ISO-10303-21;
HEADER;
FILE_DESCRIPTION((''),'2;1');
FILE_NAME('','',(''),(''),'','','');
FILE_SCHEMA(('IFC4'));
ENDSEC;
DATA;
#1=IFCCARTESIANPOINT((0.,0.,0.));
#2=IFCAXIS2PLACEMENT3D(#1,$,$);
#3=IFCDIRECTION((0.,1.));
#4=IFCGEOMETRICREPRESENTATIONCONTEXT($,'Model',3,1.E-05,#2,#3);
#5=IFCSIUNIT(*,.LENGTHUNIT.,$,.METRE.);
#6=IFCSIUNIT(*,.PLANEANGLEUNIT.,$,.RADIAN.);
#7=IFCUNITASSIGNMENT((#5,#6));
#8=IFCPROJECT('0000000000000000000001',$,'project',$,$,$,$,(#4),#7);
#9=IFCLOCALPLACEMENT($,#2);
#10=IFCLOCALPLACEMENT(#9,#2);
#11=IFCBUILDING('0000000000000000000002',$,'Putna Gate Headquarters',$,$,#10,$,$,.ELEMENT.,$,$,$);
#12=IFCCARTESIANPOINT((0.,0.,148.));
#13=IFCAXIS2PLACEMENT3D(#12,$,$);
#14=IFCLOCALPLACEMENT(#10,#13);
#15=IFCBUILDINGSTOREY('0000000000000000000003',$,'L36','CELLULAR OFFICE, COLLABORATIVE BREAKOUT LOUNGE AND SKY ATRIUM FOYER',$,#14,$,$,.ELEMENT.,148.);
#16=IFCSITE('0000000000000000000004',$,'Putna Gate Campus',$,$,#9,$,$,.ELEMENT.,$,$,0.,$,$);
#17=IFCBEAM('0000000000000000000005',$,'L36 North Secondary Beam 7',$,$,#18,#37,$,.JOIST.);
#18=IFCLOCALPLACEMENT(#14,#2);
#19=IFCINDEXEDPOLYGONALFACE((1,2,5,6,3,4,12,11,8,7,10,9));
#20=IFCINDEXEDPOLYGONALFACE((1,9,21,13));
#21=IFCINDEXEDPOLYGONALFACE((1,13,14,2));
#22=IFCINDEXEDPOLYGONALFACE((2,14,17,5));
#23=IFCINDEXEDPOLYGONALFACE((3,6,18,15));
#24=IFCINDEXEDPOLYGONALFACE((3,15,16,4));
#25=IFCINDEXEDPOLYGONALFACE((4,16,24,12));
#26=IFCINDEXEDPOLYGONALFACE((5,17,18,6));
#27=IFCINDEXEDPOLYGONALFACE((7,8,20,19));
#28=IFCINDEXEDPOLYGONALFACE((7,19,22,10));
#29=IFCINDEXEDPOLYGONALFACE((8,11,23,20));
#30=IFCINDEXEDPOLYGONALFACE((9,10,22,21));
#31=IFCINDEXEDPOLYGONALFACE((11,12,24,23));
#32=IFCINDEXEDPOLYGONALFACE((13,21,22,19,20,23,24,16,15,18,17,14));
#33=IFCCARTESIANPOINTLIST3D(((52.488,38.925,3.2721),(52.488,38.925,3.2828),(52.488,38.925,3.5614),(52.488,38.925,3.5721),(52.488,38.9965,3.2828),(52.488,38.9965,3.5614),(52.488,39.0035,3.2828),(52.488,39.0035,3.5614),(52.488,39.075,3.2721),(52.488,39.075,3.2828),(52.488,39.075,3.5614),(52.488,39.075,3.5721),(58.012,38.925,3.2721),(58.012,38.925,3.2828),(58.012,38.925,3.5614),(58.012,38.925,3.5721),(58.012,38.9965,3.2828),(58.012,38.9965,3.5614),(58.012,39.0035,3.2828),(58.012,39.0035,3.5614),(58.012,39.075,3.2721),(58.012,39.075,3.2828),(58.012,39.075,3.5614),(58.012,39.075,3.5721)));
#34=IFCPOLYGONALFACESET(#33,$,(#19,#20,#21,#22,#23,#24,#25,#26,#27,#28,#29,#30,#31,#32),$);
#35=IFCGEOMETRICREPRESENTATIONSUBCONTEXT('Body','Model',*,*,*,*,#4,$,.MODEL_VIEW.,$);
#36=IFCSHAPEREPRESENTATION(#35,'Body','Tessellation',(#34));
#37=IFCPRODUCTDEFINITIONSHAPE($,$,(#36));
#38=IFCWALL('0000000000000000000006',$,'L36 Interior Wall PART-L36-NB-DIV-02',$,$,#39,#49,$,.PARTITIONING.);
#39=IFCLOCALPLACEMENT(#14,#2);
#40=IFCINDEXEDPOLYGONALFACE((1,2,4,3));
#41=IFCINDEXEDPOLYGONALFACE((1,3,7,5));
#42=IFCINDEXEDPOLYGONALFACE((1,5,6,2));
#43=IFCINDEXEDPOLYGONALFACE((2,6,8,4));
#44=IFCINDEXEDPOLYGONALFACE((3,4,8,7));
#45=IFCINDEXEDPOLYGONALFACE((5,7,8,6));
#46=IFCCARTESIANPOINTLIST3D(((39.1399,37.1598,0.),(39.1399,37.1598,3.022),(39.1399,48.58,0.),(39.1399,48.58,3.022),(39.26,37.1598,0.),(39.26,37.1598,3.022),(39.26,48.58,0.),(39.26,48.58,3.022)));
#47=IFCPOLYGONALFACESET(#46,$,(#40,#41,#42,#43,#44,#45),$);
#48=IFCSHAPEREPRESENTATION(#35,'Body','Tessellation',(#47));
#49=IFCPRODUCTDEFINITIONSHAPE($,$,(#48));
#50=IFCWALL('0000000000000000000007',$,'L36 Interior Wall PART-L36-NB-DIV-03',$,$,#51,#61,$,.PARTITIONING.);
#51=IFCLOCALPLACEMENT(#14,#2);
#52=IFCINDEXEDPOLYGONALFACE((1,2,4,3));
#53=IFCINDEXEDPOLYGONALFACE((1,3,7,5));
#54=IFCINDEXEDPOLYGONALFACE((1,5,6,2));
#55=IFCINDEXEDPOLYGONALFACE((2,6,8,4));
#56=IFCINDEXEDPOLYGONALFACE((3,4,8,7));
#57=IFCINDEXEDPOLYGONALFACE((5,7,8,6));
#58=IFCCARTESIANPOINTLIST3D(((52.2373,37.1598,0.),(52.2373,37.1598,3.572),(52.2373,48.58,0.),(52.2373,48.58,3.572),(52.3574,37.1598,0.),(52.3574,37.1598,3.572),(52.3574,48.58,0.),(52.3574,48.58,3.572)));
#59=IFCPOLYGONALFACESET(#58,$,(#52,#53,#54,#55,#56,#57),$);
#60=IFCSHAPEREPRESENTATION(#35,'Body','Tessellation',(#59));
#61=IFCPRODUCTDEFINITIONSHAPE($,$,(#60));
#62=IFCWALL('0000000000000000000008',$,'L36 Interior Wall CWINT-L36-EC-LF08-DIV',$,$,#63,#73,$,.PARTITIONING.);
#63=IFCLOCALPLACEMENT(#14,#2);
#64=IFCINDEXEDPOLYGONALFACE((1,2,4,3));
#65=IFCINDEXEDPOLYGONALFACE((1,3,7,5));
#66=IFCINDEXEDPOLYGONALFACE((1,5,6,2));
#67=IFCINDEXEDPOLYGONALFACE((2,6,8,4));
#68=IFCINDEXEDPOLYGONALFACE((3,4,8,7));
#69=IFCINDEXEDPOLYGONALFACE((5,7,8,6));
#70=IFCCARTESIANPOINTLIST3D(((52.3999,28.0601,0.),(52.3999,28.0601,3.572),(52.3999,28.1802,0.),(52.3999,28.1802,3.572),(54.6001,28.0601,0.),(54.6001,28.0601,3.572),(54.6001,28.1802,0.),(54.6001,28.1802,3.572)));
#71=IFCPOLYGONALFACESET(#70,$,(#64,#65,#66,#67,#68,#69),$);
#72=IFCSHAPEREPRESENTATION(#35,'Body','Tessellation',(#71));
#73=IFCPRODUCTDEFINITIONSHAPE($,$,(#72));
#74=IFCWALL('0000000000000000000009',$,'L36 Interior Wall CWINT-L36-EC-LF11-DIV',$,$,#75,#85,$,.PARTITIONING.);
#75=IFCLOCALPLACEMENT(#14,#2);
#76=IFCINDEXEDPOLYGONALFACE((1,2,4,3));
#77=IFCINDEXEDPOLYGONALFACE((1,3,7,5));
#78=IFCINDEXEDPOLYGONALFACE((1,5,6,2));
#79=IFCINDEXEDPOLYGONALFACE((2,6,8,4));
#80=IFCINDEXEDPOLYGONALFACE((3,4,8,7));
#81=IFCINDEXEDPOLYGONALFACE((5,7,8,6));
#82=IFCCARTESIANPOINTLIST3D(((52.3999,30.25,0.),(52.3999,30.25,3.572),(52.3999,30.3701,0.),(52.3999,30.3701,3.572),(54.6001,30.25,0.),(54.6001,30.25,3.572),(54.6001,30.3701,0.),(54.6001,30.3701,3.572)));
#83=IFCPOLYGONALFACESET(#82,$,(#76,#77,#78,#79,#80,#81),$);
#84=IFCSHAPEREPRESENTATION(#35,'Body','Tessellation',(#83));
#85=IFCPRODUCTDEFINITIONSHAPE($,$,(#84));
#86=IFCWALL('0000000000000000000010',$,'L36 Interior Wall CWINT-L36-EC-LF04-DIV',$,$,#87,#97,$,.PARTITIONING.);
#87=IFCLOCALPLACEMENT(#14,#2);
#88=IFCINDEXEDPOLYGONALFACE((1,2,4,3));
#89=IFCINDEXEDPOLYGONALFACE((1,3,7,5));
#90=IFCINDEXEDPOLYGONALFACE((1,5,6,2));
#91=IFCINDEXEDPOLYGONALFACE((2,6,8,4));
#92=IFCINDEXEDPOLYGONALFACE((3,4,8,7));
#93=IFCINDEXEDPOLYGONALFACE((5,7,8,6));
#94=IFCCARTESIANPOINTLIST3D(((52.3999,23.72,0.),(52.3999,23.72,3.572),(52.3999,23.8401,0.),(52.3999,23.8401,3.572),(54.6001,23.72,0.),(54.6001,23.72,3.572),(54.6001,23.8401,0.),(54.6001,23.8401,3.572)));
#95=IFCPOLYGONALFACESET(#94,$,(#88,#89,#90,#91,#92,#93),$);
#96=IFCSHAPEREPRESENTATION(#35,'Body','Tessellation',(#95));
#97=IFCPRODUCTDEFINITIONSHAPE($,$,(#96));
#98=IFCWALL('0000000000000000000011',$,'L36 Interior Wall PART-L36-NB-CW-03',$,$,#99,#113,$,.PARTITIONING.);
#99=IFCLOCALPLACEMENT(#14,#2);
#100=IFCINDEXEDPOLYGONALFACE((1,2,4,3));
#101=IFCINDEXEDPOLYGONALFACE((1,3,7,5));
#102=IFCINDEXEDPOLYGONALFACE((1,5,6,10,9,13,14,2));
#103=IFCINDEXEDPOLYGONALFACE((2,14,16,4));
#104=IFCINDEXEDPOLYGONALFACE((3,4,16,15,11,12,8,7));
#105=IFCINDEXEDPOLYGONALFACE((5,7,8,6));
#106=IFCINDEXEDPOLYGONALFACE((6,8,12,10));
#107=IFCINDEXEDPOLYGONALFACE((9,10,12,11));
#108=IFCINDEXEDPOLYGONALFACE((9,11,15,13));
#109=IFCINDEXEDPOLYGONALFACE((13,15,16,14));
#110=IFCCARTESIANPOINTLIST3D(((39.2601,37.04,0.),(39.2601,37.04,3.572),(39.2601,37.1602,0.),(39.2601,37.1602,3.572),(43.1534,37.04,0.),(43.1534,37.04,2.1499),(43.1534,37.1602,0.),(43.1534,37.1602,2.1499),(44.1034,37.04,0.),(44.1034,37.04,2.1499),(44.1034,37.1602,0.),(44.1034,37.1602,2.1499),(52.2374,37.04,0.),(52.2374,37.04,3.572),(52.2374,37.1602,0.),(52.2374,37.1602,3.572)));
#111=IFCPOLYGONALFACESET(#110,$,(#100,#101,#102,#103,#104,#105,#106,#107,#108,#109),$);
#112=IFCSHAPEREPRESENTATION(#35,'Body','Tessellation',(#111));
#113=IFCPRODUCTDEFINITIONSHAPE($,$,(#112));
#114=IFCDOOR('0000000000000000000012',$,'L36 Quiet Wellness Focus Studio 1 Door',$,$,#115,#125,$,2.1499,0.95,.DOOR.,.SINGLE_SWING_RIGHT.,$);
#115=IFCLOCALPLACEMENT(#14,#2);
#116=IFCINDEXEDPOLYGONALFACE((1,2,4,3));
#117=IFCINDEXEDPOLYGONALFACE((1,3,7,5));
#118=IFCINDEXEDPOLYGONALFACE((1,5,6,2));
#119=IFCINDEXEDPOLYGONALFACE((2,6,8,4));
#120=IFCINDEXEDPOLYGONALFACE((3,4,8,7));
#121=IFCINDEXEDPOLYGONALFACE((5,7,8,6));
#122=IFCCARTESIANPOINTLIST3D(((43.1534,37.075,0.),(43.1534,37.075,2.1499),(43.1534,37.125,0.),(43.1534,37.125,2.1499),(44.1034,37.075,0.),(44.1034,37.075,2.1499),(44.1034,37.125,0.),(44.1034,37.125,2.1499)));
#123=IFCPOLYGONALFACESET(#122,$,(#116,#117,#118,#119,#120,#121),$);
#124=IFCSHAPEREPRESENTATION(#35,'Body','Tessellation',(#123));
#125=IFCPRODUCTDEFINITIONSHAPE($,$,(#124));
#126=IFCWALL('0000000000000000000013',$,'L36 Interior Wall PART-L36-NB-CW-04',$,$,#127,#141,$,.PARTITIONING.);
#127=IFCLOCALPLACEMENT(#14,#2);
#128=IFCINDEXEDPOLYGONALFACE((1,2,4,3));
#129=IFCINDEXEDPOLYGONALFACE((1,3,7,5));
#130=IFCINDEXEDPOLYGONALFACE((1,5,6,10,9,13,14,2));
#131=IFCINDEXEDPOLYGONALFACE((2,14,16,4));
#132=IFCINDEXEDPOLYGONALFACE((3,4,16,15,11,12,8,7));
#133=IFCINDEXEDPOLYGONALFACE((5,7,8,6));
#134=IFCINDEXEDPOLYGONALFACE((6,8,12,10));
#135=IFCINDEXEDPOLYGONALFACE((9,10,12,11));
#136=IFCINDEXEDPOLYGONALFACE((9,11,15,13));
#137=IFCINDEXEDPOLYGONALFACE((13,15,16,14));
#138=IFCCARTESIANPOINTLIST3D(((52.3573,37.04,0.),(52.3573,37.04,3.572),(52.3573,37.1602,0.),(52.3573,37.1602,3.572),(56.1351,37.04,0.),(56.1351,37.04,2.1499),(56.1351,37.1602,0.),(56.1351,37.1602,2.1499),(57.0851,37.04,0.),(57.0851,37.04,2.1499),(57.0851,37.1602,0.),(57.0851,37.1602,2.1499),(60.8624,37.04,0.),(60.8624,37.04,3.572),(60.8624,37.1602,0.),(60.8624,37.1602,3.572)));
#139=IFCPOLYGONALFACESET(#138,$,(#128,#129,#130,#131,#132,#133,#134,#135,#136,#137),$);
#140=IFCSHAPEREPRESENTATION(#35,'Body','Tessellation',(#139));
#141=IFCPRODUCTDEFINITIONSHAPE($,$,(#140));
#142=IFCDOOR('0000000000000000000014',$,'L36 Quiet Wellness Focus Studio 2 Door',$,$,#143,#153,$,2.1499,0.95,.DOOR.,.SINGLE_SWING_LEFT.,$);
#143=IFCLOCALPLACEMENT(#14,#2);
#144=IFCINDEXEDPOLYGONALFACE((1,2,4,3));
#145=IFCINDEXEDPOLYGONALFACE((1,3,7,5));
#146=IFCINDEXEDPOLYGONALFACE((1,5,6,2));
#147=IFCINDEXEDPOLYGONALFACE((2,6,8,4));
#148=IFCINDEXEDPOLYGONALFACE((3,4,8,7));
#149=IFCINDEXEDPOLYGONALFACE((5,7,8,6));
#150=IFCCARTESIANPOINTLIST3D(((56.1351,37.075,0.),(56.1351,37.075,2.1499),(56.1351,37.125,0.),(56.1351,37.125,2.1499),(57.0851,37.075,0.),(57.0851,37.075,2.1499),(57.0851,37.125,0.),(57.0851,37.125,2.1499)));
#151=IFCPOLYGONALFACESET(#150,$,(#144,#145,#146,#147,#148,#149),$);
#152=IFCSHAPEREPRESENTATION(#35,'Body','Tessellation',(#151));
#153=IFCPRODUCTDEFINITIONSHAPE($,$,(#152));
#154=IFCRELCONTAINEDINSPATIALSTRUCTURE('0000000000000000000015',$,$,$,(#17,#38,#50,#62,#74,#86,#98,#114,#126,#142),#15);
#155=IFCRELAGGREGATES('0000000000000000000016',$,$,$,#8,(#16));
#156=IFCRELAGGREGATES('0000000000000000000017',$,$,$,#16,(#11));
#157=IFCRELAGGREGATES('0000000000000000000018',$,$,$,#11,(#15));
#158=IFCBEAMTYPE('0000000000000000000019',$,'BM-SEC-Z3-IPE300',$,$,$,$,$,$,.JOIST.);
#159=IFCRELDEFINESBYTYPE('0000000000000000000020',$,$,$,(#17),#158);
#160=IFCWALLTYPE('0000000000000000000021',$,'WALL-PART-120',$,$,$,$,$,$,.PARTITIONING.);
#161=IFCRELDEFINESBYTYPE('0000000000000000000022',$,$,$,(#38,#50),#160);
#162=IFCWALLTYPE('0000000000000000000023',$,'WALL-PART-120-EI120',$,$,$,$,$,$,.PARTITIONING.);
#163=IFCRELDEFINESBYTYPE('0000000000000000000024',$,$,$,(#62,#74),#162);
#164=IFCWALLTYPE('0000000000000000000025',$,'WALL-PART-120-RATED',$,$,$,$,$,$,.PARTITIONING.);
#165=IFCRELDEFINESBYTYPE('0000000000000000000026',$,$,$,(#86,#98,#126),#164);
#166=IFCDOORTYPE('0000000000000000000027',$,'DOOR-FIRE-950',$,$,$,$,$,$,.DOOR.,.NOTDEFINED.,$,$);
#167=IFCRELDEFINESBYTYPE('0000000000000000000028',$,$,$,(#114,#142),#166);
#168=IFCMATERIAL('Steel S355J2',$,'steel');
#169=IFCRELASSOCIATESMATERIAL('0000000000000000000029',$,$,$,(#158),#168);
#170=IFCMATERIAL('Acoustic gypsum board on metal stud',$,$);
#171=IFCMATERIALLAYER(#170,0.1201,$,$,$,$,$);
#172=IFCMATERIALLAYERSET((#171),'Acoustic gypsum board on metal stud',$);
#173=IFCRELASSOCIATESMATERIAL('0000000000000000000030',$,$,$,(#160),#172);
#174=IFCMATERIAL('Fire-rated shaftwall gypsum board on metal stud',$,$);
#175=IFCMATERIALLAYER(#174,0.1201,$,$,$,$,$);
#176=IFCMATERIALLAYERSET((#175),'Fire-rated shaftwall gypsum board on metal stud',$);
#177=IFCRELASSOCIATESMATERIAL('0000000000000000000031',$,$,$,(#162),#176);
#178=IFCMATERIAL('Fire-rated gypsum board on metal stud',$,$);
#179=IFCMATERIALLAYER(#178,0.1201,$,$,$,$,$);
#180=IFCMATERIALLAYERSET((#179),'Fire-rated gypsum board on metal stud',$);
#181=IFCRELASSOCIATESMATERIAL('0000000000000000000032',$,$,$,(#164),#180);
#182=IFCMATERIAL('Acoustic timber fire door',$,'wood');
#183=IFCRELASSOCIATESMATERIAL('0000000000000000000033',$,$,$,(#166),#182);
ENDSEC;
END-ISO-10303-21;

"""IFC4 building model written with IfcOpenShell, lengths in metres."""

from ifc_helpers import new_model, si_unit, direction, frame, frame_2d, origin, origin_2d, place, context, subcontext, project, spatial, rectangle, i_section, extrude, material, layer, layer_set, material_profile, profile_set, type_object, element, fill, save


model = new_model("IFC4")

# Units and contexts
model_context = context("Model", 3, precision=1e-05, world=origin(), true_north=direction((0.0, 1.0)))
body_context = subcontext(model_context, "Body", "Model", "MODEL_VIEW")
ifc_project = project(units=[si_unit("LENGTHUNIT", "METRE"), si_unit("PLANEANGLEUNIT", "RADIAN")], contexts=[model_context])

# Site, building, storey
site_placement = place(None, origin())
site = spatial("IfcSite", under=ifc_project, at=site_placement, Name="Putna Gate Campus", CompositionType="ELEMENT", RefElevation=0.0)
building_placement = place(site_placement, origin())
building = spatial("IfcBuilding", under=site, at=building_placement, Name="Putna Gate Headquarters", CompositionType="ELEMENT")
storey_placement = place(building_placement, frame((0.0, 0.0, 148.0)))
storey = spatial("IfcBuildingStorey", under=building, at=storey_placement, Name="L36", Description="CELLULAR OFFICE, COLLABORATIVE BREAKOUT LOUNGE AND SKY ATRIUM FOYER", CompositionType="ELEMENT", Elevation=148.0)

# Beam
ifc_material_1 = material(Name="Steel S355J2", Category="steel")
ifc_material_profile_1 = material_profile(ifc_material_1, i_section(OverallWidth=0.1499, OverallDepth=0.3, WebThickness=0.0071, FlangeThickness=0.0107, at=origin_2d()), Name="Steel S355J2")
ifc_profile_set_1 = profile_set([ifc_material_profile_1], Name="Steel S355J2")
beam_type_1 = type_object("IfcBeamType", Name="BM-SEC-Z3-IPE300", PredefinedType="JOIST", material=ifc_profile_set_1)
beam_1_placement = place(storey_placement, frame((52.488, 39.0, 3.4221), z_axis=(1.0, 0.0, 0.0), x_axis=(0.0, 1.0, 0.0)))
element("IfcBeam", 1, at=beam_1_placement, inside=storey, type_object=beam_type_1, Name="L36 North Secondary Beam 7", PredefinedType="JOIST", context=body_context, shape_type="SweptSolid", body=[
    extrude(i_section(OverallWidth=0.1499, OverallDepth=0.3, WebThickness=0.0071, FlangeThickness=0.0107, at=origin_2d()), origin(), (0.0, 0.0, 1.0), 5.5239),
])

# Shared definitions
ifc_material_2 = material(Name="Acoustic gypsum board on metal stud")
ifc_layer_1 = layer(ifc_material_2, 0.1201)
ifc_layer_set_1 = layer_set([ifc_layer_1], Name="Acoustic gypsum board on metal stud")
wall_type_1 = type_object("IfcWallType", Name="WALL-PART-120", PredefinedType="PARTITIONING", material=ifc_layer_set_1)

# Walls
wall_1_placement = place(storey_placement, frame((39.2, 37.1599, 0.0), z_axis=(0.0, 0.0, 1.0), x_axis=(0.0, 1.0, 0.0)))
element("IfcWall", 2, at=wall_1_placement, inside=storey, type_object=wall_type_1, Name="L36 Interior Wall PART-L36-NB-DIV-02", PredefinedType="PARTITIONING", context=body_context, shape_type="SweptSolid", body=[
    extrude(rectangle(XDim=11.4202, YDim=0.1201, at=frame_2d((5.71, 0.0))), origin(), (0.0, 0.0, 1.0), 3.022),
])
wall_2_placement = place(storey_placement, frame((52.2974, 37.1599, 0.0), z_axis=(0.0, 0.0, 1.0), x_axis=(0.0, 1.0, 0.0)))
element("IfcWall", 3, at=wall_2_placement, inside=storey, type_object=wall_type_1, Name="L36 Interior Wall PART-L36-NB-DIV-03", PredefinedType="PARTITIONING", context=body_context, shape_type="SweptSolid", body=[
    extrude(rectangle(XDim=11.4202, YDim=0.1201, at=frame_2d((5.71, 0.0))), origin(), (0.0, 0.0, 1.0), 3.572),
])
ifc_material_3 = material(Name="Fire-rated shaftwall gypsum board on metal stud")
ifc_layer_2 = layer(ifc_material_3, 0.1201)
ifc_layer_set_2 = layer_set([ifc_layer_2], Name="Fire-rated shaftwall gypsum board on metal stud")
wall_type_2 = type_object("IfcWallType", Name="WALL-PART-120-EI120", PredefinedType="PARTITIONING", material=ifc_layer_set_2)
for number, where, z_axis, x_axis, name in (
    (4, (52.3999, 28.1201, 0.0), (0.0, 0.0, 1.0), (1.0, 0.0, 0.0), "L36 Interior Wall CWINT-L36-EC-LF08-DIV"),
    (5, (52.3999, 30.3101, 0.0), (0.0, 0.0, 1.0), (1.0, 0.0, 0.0), "L36 Interior Wall CWINT-L36-EC-LF11-DIV"),
):
    element("IfcWall", number, at=place(storey_placement, frame(where, z_axis=z_axis, x_axis=x_axis)), inside=storey, type_object=wall_type_2, Name=name, PredefinedType="PARTITIONING", context=body_context, shape_type="SweptSolid", body=[
        extrude(rectangle(XDim=2.2002, YDim=0.1201, at=frame_2d((1.1001, 0.0))), origin(), (0.0, 0.0, 1.0), 3.572),
    ])
ifc_material_4 = material(Name="Fire-rated gypsum board on metal stud")
ifc_layer_3 = layer(ifc_material_4, 0.1201)
ifc_layer_set_3 = layer_set([ifc_layer_3], Name="Fire-rated gypsum board on metal stud")
wall_type_3 = type_object("IfcWallType", Name="WALL-PART-120-RATED", PredefinedType="PARTITIONING", material=ifc_layer_set_3)
wall_3_placement = place(storey_placement, frame((52.3999, 23.78, 0.0), z_axis=(0.0, 0.0, 1.0), x_axis=(1.0, 0.0, 0.0)))
element("IfcWall", 6, at=wall_3_placement, inside=storey, type_object=wall_type_3, Name="L36 Interior Wall CWINT-L36-EC-LF04-DIV", PredefinedType="PARTITIONING", context=body_context, shape_type="SweptSolid", body=[
    extrude(rectangle(XDim=2.2002, YDim=0.1201, at=frame_2d((1.1001, 0.0))), origin(), (0.0, 0.0, 1.0), 3.572),
])

# Walls, openings, doors
wall_4_placement = place(storey_placement, frame((39.26, 37.1001, 0.0), z_axis=(0.0, 0.0, 1.0), x_axis=(1.0, 0.0, 0.0)))
wall_4 = element("IfcWall", 7, at=wall_4_placement, inside=storey, type_object=wall_type_3, Name="L36 Interior Wall PART-L36-NB-CW-03", PredefinedType="PARTITIONING", context=body_context, shape_type="SweptSolid", body=[
    extrude(rectangle(XDim=12.9773, YDim=0.1201, at=frame_2d((6.4888, 0.0))), origin(), (0.0, 0.0, 1.0), 3.572),
])
opening_1_placement = place(wall_4_placement, frame((3.8933, 0.0, 0.0)))
opening_1 = element("IfcOpeningElement", 8, at=opening_1_placement, cuts=wall_4, PredefinedType="OPENING", context=body_context, shape_type="SweptSolid", body=[
    extrude(rectangle(XDim=0.95, YDim=2.1499, at=frame_2d((0.4751, 1.075))), frame((0.0, 0.0701, 0.0), z_axis=(0.0, -1.0, 0.0), x_axis=(1.0, 0.0, 0.0)), (0.0, 0.0, 1.0), 0.1401),
])
ifc_material_5 = material(Name="Acoustic timber fire door", Category="wood")
door_type_1 = type_object("IfcDoorType", Name="DOOR-FIRE-950", OperationType="NOTDEFINED", PredefinedType="DOOR", material=ifc_material_5)
door_1_placement = place(opening_1_placement, origin())
door_1 = element("IfcDoor", 9, at=door_1_placement, inside=storey, type_object=door_type_1, Name="L36 Quiet Wellness Focus Studio 1 Door", OperationType="SINGLE_SWING_RIGHT", OverallHeight=2.1499, OverallWidth=0.95, PredefinedType="DOOR", context=body_context, shape_type="SweptSolid", body=[
    extrude(rectangle(XDim=0.95, YDim=2.1499, at=frame_2d((0.4751, 1.075))), frame((0.0, 0.0249, 0.0), z_axis=(0.0, -1.0, 0.0), x_axis=(1.0, 0.0, 0.0)), (0.0, 0.0, 1.0), 0.05),
])
fill(opening_1, door_1)
wall_5_placement = place(storey_placement, frame((52.3574, 37.1001, 0.0), z_axis=(0.0, 0.0, 1.0), x_axis=(1.0, 0.0, 0.0)))
wall_5 = element("IfcWall", 10, at=wall_5_placement, inside=storey, type_object=wall_type_3, Name="L36 Interior Wall PART-L36-NB-CW-04", PredefinedType="PARTITIONING", context=body_context, shape_type="SweptSolid", body=[
    extrude(rectangle(XDim=8.5051, YDim=0.1201, at=frame_2d((4.2524, 0.0))), origin(), (0.0, 0.0, 1.0), 3.572),
])
opening_2_placement = place(wall_5_placement, frame((3.7776, 0.0, 0.0)))
opening_2 = element("IfcOpeningElement", 11, at=opening_2_placement, cuts=wall_5, PredefinedType="OPENING", context=body_context, shape_type="SweptSolid", body=[
    extrude(rectangle(XDim=0.95, YDim=2.1499, at=frame_2d((0.4751, 1.075))), frame((0.0, 0.0701, 0.0), z_axis=(0.0, -1.0, 0.0), x_axis=(1.0, 0.0, 0.0)), (0.0, 0.0, 1.0), 0.1401),
])
door_2_placement = place(opening_2_placement, origin())
door_2 = element("IfcDoor", 12, at=door_2_placement, inside=storey, type_object=door_type_1, Name="L36 Quiet Wellness Focus Studio 2 Door", OperationType="SINGLE_SWING_LEFT", OverallHeight=2.1499, OverallWidth=0.95, PredefinedType="DOOR", context=body_context, shape_type="SweptSolid", body=[
    extrude(rectangle(XDim=0.95, YDim=2.1499, at=frame_2d((0.4751, 1.075))), frame((0.0, 0.0249, 0.0), z_axis=(0.0, -1.0, 0.0), x_axis=(1.0, 0.0, 0.0)), (0.0, 0.0, 1.0), 0.05),
])
fill(opening_2, door_2)

save(model, "model.ifc")
